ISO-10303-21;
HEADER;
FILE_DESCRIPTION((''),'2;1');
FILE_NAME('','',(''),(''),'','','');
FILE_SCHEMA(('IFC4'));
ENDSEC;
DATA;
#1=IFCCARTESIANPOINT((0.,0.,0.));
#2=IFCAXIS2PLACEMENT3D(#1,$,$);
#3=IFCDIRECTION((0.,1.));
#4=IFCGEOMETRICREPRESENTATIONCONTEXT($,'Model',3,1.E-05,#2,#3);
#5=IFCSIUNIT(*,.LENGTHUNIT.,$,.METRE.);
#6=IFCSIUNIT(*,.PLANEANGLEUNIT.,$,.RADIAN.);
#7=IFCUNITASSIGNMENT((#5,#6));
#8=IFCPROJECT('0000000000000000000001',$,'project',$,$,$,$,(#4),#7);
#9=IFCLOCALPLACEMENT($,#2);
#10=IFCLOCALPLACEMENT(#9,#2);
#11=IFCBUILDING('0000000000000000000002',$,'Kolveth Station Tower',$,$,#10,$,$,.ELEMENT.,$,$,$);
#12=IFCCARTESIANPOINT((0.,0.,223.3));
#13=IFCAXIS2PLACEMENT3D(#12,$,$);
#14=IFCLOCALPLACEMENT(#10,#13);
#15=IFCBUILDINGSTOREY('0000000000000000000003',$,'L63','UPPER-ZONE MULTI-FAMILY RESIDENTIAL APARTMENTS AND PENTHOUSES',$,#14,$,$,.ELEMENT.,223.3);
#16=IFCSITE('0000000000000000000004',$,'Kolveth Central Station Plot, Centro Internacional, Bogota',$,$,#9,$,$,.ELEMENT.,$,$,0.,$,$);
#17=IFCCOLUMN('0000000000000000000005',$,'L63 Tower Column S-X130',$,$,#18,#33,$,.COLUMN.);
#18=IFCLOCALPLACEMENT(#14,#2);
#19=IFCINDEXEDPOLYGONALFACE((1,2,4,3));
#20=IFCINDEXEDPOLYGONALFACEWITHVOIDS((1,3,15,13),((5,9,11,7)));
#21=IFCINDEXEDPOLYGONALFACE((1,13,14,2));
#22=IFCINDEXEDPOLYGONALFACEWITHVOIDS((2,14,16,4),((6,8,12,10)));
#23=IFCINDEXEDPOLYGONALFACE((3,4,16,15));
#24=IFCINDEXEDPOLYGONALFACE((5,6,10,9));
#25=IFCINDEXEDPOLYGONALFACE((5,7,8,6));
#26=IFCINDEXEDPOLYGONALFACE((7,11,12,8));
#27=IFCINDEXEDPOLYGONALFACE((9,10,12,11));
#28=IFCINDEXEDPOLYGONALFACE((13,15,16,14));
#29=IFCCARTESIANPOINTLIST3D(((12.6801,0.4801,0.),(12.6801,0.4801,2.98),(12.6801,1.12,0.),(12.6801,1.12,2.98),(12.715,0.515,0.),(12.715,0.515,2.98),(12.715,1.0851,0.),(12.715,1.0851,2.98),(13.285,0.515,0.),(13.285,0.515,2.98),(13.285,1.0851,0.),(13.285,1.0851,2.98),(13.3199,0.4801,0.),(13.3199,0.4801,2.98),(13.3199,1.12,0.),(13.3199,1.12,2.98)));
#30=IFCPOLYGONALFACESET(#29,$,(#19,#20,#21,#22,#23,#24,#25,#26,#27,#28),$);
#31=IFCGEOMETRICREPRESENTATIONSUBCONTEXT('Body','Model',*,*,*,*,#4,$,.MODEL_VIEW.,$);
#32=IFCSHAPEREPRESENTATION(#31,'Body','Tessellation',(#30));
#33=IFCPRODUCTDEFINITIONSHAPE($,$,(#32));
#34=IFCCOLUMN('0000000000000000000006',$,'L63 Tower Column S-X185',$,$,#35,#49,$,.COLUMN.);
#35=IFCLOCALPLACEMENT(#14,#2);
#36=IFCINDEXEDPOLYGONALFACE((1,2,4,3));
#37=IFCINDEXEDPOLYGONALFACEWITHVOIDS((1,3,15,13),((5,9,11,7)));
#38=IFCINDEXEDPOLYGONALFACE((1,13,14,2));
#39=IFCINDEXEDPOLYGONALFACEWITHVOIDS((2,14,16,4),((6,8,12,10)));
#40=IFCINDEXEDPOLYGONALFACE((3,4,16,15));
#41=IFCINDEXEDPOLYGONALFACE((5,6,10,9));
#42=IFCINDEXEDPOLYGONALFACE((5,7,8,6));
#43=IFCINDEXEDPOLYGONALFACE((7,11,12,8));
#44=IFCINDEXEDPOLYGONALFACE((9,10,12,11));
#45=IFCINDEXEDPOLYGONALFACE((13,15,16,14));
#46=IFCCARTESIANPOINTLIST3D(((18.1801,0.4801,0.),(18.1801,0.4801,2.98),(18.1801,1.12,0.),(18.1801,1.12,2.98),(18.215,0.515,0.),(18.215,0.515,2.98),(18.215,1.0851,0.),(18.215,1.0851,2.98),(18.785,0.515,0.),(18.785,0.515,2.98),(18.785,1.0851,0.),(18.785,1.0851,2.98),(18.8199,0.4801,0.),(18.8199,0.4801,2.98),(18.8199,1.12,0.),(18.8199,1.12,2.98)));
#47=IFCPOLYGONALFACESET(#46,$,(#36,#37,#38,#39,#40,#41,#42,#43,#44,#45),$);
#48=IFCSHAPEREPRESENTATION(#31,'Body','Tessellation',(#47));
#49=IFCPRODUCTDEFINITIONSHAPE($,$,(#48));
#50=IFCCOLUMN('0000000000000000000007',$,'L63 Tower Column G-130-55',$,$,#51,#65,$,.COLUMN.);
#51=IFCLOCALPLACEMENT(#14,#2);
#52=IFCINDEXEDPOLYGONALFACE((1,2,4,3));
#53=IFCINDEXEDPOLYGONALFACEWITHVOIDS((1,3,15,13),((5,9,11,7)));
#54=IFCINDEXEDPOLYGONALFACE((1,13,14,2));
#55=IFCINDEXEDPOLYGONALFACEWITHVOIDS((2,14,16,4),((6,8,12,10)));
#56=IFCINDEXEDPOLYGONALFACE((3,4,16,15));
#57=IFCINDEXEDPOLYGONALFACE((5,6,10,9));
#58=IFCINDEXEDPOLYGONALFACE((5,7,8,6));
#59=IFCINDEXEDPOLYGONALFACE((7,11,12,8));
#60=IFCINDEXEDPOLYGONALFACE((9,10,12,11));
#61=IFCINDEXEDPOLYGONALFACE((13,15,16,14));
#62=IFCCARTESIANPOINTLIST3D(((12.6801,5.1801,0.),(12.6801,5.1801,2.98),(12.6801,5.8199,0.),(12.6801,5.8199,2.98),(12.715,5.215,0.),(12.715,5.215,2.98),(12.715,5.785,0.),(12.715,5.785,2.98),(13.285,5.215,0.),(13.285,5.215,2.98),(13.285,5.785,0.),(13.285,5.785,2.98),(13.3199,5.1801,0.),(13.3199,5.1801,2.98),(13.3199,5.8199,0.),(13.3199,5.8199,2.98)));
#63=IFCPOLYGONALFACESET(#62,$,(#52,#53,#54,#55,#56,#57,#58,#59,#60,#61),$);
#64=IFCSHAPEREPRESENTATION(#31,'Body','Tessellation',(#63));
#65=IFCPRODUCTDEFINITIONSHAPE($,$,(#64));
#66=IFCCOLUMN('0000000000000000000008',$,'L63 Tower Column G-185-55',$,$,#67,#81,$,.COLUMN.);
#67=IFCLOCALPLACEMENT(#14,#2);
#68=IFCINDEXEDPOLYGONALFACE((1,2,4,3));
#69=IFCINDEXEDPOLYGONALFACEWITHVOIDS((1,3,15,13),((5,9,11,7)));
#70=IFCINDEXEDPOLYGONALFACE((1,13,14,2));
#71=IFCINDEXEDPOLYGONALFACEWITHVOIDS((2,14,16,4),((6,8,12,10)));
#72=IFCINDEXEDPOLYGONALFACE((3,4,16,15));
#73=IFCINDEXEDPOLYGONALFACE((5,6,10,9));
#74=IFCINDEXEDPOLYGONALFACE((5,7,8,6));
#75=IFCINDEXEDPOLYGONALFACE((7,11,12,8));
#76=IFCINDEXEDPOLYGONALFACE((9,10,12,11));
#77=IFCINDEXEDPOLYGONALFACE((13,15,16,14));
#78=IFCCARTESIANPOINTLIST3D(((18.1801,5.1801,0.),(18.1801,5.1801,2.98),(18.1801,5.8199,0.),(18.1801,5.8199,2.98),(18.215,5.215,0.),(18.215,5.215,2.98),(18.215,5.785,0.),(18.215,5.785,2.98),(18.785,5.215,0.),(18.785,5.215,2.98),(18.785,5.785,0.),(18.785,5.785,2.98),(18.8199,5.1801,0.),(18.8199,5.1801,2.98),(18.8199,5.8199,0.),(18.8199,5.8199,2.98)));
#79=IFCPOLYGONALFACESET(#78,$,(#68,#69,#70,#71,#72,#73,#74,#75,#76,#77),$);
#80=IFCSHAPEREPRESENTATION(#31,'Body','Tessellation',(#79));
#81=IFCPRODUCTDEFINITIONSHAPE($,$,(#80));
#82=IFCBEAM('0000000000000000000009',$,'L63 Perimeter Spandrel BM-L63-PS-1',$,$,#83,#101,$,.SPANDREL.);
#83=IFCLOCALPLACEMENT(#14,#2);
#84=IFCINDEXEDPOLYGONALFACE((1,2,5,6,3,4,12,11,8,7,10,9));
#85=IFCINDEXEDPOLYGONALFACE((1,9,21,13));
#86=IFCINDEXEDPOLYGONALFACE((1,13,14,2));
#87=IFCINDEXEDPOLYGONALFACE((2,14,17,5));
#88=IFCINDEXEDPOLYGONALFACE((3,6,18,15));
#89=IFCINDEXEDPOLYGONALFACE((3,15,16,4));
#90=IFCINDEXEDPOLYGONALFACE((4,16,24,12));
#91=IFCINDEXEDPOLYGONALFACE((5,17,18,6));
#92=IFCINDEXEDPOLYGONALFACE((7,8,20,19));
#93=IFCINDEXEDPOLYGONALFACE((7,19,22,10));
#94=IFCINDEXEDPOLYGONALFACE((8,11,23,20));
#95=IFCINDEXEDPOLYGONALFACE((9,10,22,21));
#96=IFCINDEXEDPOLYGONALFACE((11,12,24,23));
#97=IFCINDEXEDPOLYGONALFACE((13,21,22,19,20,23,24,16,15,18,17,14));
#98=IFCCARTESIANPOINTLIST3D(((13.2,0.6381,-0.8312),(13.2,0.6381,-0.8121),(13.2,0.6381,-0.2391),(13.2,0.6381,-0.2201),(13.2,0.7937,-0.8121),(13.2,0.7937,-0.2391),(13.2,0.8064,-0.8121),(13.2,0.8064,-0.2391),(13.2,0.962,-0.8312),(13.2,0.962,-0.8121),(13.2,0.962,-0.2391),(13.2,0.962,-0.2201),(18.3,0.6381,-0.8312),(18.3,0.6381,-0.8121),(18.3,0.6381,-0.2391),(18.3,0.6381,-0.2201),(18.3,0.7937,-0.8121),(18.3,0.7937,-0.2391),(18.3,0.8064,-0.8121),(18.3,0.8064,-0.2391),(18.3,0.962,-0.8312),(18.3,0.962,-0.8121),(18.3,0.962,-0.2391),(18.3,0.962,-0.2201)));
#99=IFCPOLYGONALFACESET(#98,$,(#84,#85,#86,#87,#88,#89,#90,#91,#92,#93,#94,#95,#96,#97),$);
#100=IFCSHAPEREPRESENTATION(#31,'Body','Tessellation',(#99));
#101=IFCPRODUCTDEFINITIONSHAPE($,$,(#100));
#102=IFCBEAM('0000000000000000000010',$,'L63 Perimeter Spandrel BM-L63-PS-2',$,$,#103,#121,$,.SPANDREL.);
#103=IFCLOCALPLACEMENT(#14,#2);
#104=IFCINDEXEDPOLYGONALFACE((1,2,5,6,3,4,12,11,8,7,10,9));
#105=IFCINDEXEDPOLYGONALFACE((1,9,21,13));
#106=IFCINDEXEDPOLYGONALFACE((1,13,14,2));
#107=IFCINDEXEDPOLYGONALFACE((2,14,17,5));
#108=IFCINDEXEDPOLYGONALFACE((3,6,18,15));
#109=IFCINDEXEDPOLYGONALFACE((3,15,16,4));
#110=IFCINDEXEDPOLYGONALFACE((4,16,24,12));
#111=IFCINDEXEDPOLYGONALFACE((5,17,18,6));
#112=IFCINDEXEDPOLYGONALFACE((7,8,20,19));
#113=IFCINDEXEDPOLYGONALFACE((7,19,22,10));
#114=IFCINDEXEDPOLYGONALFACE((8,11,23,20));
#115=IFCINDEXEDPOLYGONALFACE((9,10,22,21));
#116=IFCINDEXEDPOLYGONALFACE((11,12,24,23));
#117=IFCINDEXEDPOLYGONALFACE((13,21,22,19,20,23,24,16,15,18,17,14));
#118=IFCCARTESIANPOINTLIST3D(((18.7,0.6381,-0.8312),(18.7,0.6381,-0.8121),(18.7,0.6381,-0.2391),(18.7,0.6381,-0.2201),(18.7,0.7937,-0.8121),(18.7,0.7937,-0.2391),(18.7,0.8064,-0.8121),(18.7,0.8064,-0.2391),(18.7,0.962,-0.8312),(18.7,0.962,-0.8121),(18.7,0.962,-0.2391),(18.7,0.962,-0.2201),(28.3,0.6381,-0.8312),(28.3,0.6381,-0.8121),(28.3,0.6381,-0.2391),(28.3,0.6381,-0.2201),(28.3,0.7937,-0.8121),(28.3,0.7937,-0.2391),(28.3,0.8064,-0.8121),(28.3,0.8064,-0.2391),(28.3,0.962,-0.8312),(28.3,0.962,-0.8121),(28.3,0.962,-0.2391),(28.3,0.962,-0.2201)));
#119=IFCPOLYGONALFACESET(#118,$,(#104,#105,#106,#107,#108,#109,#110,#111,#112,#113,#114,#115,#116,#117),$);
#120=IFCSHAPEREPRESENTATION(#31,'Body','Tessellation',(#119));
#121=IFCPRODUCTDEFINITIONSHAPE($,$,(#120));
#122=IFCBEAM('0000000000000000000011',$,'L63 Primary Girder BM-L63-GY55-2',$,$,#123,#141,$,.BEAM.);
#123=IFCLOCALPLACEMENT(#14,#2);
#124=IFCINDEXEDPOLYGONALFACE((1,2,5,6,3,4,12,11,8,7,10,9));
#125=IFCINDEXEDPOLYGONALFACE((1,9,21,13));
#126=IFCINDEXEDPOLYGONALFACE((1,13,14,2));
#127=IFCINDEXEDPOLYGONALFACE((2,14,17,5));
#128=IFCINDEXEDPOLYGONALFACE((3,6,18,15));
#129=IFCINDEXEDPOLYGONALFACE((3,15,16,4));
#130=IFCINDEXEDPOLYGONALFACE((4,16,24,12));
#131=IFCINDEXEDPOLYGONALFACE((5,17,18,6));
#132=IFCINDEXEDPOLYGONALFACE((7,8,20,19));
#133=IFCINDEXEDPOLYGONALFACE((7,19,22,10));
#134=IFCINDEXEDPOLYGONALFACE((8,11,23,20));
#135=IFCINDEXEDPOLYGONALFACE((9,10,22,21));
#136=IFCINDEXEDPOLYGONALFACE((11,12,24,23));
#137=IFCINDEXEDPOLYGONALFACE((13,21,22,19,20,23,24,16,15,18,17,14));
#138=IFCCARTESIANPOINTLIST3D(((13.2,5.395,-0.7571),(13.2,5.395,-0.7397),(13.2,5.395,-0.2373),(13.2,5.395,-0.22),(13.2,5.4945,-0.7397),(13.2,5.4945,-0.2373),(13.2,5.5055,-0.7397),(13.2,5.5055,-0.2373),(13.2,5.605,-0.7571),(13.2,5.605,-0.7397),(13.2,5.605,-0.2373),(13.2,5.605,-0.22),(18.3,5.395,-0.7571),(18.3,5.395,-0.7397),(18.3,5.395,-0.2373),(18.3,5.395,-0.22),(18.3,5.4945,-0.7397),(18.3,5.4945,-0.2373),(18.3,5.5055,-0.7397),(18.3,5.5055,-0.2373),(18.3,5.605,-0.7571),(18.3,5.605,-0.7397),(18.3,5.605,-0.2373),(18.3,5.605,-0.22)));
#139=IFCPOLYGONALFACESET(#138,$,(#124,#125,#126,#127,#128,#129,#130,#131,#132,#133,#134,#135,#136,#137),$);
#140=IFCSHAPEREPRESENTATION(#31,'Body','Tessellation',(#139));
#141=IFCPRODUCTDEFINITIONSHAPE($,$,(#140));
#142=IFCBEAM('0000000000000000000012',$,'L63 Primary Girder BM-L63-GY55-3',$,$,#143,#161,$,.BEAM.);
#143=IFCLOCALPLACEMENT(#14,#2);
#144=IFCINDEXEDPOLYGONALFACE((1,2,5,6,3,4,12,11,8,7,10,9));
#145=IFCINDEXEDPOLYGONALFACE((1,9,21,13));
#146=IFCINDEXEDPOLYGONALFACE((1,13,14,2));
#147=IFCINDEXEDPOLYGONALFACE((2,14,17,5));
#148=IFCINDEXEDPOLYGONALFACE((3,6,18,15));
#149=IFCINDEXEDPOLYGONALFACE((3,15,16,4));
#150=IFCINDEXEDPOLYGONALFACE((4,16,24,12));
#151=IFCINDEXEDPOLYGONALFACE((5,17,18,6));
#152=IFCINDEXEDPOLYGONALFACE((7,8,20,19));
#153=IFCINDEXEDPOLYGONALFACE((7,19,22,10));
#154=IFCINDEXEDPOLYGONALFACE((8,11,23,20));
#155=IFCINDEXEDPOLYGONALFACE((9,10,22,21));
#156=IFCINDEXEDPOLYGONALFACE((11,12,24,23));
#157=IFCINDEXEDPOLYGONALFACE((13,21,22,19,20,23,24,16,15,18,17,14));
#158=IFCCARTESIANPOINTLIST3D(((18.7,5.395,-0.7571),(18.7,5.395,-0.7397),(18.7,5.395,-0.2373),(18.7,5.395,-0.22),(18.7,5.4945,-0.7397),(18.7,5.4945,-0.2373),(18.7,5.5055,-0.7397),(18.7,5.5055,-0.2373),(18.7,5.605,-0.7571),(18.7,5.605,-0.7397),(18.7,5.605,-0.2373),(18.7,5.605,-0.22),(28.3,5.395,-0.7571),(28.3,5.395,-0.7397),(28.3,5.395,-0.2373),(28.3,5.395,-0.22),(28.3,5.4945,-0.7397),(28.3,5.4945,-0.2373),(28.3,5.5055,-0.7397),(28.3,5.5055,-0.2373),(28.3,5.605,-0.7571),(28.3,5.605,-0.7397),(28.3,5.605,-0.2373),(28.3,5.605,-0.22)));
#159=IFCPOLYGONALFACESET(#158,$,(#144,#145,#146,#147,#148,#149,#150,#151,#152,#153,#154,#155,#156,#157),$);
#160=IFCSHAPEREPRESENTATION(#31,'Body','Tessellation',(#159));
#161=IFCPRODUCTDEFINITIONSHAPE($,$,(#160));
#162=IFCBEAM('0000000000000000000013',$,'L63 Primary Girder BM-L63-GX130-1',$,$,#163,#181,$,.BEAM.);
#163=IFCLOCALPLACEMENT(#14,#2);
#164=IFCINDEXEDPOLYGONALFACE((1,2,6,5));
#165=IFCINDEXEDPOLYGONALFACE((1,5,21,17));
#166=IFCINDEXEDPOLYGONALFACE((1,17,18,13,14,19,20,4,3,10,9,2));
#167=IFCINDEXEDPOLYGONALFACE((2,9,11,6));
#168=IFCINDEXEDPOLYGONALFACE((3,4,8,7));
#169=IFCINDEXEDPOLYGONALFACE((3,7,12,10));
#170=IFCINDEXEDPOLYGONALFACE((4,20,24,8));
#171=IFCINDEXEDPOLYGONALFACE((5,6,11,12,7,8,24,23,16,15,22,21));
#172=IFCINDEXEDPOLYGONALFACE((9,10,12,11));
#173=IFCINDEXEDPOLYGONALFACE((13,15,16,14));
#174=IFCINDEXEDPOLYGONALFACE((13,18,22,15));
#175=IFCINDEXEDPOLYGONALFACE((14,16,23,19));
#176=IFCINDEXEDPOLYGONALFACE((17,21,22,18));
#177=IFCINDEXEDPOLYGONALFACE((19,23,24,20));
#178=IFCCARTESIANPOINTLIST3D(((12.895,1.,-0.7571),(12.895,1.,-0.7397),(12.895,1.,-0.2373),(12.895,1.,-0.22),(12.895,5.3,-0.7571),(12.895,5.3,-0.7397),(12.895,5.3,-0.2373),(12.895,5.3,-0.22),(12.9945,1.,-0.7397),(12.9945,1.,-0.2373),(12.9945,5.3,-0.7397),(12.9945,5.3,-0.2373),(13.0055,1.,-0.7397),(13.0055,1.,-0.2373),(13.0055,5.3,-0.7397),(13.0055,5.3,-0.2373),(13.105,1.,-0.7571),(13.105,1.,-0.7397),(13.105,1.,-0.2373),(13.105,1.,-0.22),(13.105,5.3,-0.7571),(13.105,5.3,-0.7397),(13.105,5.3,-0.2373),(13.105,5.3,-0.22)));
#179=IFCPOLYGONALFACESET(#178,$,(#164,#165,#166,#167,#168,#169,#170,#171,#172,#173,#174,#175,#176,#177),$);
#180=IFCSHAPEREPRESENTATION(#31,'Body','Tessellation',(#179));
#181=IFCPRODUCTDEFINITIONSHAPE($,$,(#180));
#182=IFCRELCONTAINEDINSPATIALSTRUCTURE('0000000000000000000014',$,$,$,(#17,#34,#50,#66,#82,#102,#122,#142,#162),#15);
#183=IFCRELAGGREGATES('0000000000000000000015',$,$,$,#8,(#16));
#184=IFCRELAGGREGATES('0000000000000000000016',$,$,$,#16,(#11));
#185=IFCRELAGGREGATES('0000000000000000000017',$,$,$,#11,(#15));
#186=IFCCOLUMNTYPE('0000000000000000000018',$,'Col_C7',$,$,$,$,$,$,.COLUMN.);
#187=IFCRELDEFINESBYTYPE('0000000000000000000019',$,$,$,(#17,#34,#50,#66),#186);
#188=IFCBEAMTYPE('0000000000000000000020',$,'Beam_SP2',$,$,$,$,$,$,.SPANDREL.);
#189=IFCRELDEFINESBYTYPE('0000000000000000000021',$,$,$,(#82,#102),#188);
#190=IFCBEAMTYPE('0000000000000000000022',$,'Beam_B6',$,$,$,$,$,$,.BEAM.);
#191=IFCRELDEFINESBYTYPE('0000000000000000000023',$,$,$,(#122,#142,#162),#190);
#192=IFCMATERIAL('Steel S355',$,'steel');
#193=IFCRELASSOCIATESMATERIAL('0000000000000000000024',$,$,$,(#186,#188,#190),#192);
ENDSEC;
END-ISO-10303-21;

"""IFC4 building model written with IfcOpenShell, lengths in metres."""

from ifc_helpers import new_model, si_unit, direction, frame, origin, origin_2d, place, context, subcontext, project, spatial, hollow_rectangle, i_section, extrude, source, transform, mapped, material, material_profile, profile_set, type_object, element, save


model = new_model("IFC4")

# Units and contexts
model_context = context("Model", 3, precision=1e-05, world=origin(), true_north=direction((0.0, 1.0)))
body_context = subcontext(model_context, "Body", "Model", "MODEL_VIEW")
ifc_project = project(units=[si_unit("LENGTHUNIT", "METRE"), si_unit("PLANEANGLEUNIT", "RADIAN")], contexts=[model_context])

# Site, building, storey
site_placement = place(None, origin())
site = spatial("IfcSite", under=ifc_project, at=site_placement, Name="Kolveth Central Station Plot, Centro Internacional, Bogota", CompositionType="ELEMENT", RefElevation=0.0)
building_placement = place(site_placement, origin())
building = spatial("IfcBuilding", under=site, at=building_placement, Name="Kolveth Station Tower", CompositionType="ELEMENT")
storey_placement = place(building_placement, frame((0.0, 0.0, 223.3)))
storey = spatial("IfcBuildingStorey", under=building, at=storey_placement, Name="L63", Description="UPPER-ZONE MULTI-FAMILY RESIDENTIAL APARTMENTS AND PENTHOUSES", CompositionType="ELEMENT", Elevation=223.3)

# Columns
ifc_material_1 = material(Name="Steel S355", Category="steel")
ifc_material_profile_1 = material_profile(ifc_material_1, hollow_rectangle(XDim=0.6399, YDim=0.6399, WallThickness=0.0349, at=origin_2d()), Name="BOX640x640x35")
ifc_profile_set_1 = profile_set([ifc_material_profile_1], Name="Steel S355")
column_type = type_object("IfcColumnType", Name="Col_C7", PredefinedType="COLUMN", material=ifc_profile_set_1)
shared_shape_1 = source(origin(), body_context, "Body", "SweptSolid", [
    extrude(hollow_rectangle(XDim=0.6399, YDim=0.6399, WallThickness=0.0349, at=origin_2d()), origin(), (0.0, 0.0, 1.0), 2.98),
])
for number, where, z_axis, x_axis, name in (
    (1, (13.0, 0.8, 0.0), (0.0, 0.0, 1.0), (1.0, 0.0, 0.0), "L63 Tower Column S-X130"),
    (2, (18.5, 0.8, 0.0), (0.0, 0.0, 1.0), (1.0, 0.0, 0.0), "L63 Tower Column S-X185"),
    (3, (13.0, 5.5, 0.0), (0.0, 0.0, 1.0), (1.0, 0.0, 0.0), "L63 Tower Column G-130-55"),
    (4, (18.5, 5.5, 0.0), (0.0, 0.0, 1.0), (1.0, 0.0, 0.0), "L63 Tower Column G-185-55"),
):
    element("IfcColumn", number, at=place(storey_placement, frame(where, z_axis=z_axis, x_axis=x_axis)), inside=storey, type_object=column_type, Name=name, PredefinedType="COLUMN", context=body_context, shape_type="MappedRepresentation", body=[
        mapped(shared_shape_1, transform((0.0, 0.0, 0.0), x_axis=(1.0, 0.0, 0.0), y_axis=(0.0, 1.0, 0.0), z_axis=(0.0, 0.0, 1.0), scale=1.0)),
    ])

# Beams
ifc_material_profile_2 = material_profile(ifc_material_1, i_section(OverallWidth=0.324, OverallDepth=0.6111, WebThickness=0.0127, FlangeThickness=0.019, at=origin_2d()), Name="W610x155")
ifc_profile_set_2 = profile_set([ifc_material_profile_2], Name="Steel S355")
beam_type_1 = type_object("IfcBeamType", Name="Beam_SP2", PredefinedType="SPANDREL", material=ifc_profile_set_2)
shared_shape_2 = source(origin(), body_context, "Body", "SweptSolid", [
    extrude(i_section(OverallWidth=0.324, OverallDepth=0.6111, WebThickness=0.0127, FlangeThickness=0.019, at=origin_2d()), origin(), (0.0, 0.0, 1.0), 5.1001),
])
beam_1_placement = place(storey_placement, frame((13.2, 0.8, -0.5256), z_axis=(1.0, 0.0, 0.0), x_axis=(0.0, 1.0, 0.0)))
element("IfcBeam", 5, at=beam_1_placement, inside=storey, type_object=beam_type_1, Name="L63 Perimeter Spandrel BM-L63-PS-1", PredefinedType="SPANDREL", context=body_context, shape_type="MappedRepresentation", body=[
    mapped(shared_shape_2, transform((0.0, 0.0, 0.0), x_axis=(1.0, 0.0, 0.0), y_axis=(0.0, 1.0, 0.0), z_axis=(0.0, 0.0, 1.0), scale=1.0)),
])
shared_shape_3 = source(origin(), body_context, "Body", "SweptSolid", [
    extrude(i_section(OverallWidth=0.324, OverallDepth=0.6111, WebThickness=0.0127, FlangeThickness=0.019, at=origin_2d()), origin(), (0.0, 0.0, 1.0), 9.6001),
])
beam_2_placement = place(storey_placement, frame((18.7, 0.8, -0.5256), z_axis=(1.0, 0.0, 0.0), x_axis=(0.0, 1.0, 0.0)))
element("IfcBeam", 6, at=beam_2_placement, inside=storey, type_object=beam_type_1, Name="L63 Perimeter Spandrel BM-L63-PS-2", PredefinedType="SPANDREL", context=body_context, shape_type="MappedRepresentation", body=[
    mapped(shared_shape_3, transform((0.0, 0.0, 0.0), x_axis=(1.0, 0.0, 0.0), y_axis=(0.0, 1.0, 0.0), z_axis=(0.0, 0.0, 1.0), scale=1.0)),
])
ifc_material_profile_3 = material_profile(ifc_material_1, i_section(OverallWidth=0.21, OverallDepth=0.5371, WebThickness=0.011, FlangeThickness=0.0173, at=origin_2d()), Name="W530x101")
ifc_profile_set_3 = profile_set([ifc_material_profile_3], Name="Steel S355")
beam_type_2 = type_object("IfcBeamType", Name="Beam_B6", PredefinedType="BEAM", material=ifc_profile_set_3)
shared_shape_4 = source(origin(), body_context, "Body", "SweptSolid", [
    extrude(i_section(OverallWidth=0.21, OverallDepth=0.5371, WebThickness=0.011, FlangeThickness=0.0173, at=origin_2d()), origin(), (0.0, 0.0, 1.0), 5.1001),
])
beam_3_placement = place(storey_placement, frame((13.2, 5.5, -0.4885), z_axis=(1.0, 0.0, 0.0), x_axis=(0.0, 1.0, 0.0)))
element("IfcBeam", 7, at=beam_3_placement, inside=storey, type_object=beam_type_2, Name="L63 Primary Girder BM-L63-GY55-2", PredefinedType="BEAM", context=body_context, shape_type="MappedRepresentation", body=[
    mapped(shared_shape_4, transform((0.0, 0.0, 0.0), x_axis=(1.0, 0.0, 0.0), y_axis=(0.0, 1.0, 0.0), z_axis=(0.0, 0.0, 1.0), scale=1.0)),
])
shared_shape_5 = source(origin(), body_context, "Body", "SweptSolid", [
    extrude(i_section(OverallWidth=0.21, OverallDepth=0.5371, WebThickness=0.011, FlangeThickness=0.0173, at=origin_2d()), origin(), (0.0, 0.0, 1.0), 9.6001),
])
beam_4_placement = place(storey_placement, frame((18.7, 5.5, -0.4885), z_axis=(1.0, 0.0, 0.0), x_axis=(0.0, 1.0, 0.0)))
element("IfcBeam", 8, at=beam_4_placement, inside=storey, type_object=beam_type_2, Name="L63 Primary Girder BM-L63-GY55-3", PredefinedType="BEAM", context=body_context, shape_type="MappedRepresentation", body=[
    mapped(shared_shape_5, transform((0.0, 0.0, 0.0), x_axis=(1.0, 0.0, 0.0), y_axis=(0.0, 1.0, 0.0), z_axis=(0.0, 0.0, 1.0), scale=1.0)),
])
shared_shape_6 = source(origin(), body_context, "Body", "SweptSolid", [
    extrude(i_section(OverallWidth=0.21, OverallDepth=0.5371, WebThickness=0.011, FlangeThickness=0.0173, at=origin_2d()), origin(), (0.0, 0.0, 1.0), 4.3),
])
for number, where, z_axis, x_axis, name in (
    (9, (13.0, 1.0, -0.4885), (0.0, 1.0, 0.0), (-1.0, 0.0, 0.0), "L63 Primary Girder BM-L63-GX130-1"),
):
    element("IfcBeam", number, at=place(storey_placement, frame(where, z_axis=z_axis, x_axis=x_axis)), inside=storey, type_object=beam_type_2, Name=name, PredefinedType="BEAM", context=body_context, shape_type="MappedRepresentation", body=[
        mapped(shared_shape_6, transform((0.0, 0.0, 0.0), x_axis=(1.0, 0.0, 0.0), y_axis=(0.0, 1.0, 0.0), z_axis=(0.0, 0.0, 1.0), scale=1.0)),
    ])

save(model, "model.ifc")
